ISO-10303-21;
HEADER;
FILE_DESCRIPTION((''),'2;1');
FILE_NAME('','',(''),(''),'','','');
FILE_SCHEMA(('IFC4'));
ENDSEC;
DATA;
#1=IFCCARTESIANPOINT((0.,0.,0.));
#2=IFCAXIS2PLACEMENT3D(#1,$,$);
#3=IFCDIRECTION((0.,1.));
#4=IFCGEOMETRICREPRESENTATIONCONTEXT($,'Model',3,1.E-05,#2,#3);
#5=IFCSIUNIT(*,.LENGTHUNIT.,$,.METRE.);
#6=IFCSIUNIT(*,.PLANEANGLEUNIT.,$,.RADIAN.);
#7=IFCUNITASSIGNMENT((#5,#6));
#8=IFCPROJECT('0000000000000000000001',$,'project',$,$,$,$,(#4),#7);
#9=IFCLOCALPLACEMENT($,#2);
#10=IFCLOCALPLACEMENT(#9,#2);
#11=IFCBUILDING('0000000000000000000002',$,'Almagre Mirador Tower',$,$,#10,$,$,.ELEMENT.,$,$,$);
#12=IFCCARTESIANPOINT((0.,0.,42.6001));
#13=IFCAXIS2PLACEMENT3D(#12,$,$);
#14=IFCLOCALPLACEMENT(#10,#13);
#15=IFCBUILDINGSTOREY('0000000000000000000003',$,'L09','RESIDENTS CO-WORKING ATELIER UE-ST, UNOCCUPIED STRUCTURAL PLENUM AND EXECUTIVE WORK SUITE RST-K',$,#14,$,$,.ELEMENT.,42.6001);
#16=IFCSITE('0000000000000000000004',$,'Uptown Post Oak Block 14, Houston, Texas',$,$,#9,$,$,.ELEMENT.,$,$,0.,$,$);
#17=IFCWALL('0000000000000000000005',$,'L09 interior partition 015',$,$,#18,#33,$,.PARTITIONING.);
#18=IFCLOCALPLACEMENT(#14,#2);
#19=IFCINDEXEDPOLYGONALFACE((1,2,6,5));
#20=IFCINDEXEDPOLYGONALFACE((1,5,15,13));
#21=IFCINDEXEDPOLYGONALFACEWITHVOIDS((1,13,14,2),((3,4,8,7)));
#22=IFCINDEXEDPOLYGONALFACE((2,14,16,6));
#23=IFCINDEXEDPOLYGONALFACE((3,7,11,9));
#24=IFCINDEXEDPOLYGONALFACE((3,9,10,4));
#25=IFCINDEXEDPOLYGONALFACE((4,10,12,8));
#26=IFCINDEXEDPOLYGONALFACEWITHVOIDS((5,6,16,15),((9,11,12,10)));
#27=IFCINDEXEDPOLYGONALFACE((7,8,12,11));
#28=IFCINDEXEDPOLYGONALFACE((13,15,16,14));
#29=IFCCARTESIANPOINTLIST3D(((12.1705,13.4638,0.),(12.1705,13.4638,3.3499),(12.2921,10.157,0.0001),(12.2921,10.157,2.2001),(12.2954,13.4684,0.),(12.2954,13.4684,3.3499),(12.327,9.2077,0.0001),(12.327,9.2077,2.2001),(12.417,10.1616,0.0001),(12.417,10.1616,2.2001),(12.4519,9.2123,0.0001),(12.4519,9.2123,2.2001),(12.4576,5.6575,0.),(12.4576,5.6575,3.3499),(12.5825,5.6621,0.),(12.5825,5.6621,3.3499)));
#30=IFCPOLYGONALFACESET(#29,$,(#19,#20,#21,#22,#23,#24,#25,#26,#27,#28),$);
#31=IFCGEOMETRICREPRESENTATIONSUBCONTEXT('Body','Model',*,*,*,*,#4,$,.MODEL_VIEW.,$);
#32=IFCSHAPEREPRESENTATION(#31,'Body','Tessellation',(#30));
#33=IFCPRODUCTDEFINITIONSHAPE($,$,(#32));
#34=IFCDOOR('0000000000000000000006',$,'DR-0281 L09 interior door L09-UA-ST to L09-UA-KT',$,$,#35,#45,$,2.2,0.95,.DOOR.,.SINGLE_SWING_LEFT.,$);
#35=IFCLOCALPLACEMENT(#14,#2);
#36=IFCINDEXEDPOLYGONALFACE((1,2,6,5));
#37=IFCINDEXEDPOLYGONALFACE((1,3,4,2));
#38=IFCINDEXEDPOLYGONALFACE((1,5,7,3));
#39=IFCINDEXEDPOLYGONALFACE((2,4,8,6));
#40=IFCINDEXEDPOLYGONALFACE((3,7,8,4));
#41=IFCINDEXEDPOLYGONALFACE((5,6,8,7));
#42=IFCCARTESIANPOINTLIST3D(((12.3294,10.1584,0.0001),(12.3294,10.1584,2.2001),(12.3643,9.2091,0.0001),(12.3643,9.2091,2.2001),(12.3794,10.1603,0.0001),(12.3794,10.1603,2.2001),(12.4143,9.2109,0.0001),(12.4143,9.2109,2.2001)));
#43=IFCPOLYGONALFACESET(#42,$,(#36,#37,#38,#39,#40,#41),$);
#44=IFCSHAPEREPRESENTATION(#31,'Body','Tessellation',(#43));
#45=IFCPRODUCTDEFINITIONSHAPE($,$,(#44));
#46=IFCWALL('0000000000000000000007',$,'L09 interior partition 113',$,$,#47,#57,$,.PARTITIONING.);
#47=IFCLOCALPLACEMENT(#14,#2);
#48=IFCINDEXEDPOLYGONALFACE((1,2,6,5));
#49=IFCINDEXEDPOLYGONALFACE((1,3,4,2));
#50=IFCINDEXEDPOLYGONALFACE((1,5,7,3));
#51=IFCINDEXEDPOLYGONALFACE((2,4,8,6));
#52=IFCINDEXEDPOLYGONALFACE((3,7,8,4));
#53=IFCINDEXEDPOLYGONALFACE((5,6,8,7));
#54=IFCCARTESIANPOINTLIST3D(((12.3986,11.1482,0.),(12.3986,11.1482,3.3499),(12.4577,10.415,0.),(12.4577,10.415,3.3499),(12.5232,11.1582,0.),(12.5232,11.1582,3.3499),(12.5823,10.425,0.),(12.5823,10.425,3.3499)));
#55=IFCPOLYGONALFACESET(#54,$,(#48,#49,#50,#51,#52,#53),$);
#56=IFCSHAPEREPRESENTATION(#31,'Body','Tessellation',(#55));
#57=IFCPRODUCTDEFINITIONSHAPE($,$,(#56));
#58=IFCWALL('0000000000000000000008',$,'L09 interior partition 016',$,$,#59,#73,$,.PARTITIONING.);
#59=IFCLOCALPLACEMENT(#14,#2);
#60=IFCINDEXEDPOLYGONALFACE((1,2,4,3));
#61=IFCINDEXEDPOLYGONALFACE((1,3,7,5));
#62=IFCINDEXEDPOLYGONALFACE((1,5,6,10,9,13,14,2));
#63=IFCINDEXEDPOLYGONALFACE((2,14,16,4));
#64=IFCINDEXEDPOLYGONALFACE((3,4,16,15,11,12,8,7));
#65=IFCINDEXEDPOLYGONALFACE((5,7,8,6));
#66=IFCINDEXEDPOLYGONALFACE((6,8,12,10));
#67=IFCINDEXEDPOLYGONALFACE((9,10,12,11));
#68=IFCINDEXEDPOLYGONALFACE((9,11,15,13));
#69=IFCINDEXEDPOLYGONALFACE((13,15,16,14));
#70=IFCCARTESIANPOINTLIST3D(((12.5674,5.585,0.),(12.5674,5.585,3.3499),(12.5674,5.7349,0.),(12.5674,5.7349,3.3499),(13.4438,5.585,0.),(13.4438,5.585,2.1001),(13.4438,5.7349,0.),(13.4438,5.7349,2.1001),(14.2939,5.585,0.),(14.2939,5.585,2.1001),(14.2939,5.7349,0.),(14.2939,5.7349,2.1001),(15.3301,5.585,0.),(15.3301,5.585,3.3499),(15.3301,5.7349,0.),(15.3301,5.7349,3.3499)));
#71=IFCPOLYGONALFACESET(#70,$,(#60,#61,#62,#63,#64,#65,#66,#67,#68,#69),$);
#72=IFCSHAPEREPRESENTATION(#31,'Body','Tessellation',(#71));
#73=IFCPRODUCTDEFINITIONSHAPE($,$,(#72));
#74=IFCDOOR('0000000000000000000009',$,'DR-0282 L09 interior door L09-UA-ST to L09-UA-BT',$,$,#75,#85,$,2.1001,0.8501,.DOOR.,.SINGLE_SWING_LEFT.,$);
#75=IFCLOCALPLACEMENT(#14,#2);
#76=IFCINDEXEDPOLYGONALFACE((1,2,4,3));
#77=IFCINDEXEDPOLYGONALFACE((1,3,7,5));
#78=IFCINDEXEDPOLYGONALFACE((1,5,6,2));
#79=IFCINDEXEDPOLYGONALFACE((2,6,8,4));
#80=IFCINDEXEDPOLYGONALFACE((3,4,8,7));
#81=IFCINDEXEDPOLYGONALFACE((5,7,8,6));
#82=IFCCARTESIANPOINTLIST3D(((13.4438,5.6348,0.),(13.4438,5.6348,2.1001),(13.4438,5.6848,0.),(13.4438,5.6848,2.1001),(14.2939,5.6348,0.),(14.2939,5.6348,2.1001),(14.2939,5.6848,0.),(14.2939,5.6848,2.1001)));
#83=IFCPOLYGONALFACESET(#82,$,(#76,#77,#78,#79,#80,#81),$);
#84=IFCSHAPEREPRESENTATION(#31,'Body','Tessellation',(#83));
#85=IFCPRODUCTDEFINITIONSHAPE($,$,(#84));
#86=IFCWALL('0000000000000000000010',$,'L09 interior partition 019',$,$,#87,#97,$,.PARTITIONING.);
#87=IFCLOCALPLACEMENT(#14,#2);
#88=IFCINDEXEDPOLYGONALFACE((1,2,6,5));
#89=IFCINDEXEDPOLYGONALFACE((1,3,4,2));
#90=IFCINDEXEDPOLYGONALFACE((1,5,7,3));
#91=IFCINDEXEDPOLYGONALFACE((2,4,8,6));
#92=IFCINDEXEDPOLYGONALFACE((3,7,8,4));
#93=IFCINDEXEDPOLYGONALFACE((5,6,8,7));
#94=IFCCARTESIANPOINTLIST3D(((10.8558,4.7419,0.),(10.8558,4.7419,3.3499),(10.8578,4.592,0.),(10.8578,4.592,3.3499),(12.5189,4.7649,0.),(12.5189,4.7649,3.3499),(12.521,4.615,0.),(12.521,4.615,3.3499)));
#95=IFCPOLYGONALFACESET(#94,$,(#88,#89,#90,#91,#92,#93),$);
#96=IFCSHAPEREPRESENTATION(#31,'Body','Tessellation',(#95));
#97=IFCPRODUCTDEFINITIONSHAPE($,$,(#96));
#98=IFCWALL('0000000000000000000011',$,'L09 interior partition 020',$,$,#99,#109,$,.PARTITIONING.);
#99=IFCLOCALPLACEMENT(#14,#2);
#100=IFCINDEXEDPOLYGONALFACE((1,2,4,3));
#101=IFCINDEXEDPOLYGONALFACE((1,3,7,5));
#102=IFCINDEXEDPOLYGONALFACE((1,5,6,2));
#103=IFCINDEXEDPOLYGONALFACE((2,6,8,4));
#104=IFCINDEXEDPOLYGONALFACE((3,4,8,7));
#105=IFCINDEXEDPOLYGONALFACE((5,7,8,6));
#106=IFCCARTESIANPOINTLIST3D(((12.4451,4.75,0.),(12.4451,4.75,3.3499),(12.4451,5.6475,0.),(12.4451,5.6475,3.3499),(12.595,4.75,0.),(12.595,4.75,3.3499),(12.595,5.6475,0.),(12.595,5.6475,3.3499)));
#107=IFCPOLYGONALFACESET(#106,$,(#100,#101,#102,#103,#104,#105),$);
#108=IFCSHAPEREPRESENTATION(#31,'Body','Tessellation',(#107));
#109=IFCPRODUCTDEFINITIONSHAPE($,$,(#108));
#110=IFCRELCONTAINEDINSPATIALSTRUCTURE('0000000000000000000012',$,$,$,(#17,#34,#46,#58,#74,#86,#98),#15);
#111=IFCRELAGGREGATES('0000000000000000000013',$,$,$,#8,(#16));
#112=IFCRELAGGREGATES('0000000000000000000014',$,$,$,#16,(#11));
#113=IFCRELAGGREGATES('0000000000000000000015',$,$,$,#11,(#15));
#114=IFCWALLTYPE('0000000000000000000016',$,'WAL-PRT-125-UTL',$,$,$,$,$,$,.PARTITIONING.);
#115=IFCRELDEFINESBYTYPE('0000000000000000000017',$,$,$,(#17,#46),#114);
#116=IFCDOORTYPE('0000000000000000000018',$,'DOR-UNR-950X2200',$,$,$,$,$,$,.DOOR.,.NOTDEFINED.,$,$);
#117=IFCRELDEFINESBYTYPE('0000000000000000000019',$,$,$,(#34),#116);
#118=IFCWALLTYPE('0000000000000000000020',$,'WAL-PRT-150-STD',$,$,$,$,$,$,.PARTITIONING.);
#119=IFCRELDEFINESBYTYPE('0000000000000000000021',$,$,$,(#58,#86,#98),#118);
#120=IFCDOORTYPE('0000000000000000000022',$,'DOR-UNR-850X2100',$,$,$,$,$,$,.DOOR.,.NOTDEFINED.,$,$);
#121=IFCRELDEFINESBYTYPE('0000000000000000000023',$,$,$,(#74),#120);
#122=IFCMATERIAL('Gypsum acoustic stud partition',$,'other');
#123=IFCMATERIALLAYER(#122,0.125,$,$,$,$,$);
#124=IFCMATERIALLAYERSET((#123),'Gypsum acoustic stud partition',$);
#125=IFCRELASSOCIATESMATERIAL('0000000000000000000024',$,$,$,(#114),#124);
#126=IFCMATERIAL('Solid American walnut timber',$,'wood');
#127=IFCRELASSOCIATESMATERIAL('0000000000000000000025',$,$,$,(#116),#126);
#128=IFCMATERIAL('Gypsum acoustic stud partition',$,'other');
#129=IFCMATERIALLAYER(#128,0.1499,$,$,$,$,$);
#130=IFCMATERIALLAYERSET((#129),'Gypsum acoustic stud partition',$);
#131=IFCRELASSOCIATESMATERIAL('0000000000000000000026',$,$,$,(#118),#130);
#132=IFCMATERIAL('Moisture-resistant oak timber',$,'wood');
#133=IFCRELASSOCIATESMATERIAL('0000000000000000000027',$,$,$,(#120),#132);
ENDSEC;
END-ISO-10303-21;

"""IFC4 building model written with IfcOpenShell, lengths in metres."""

from ifc_helpers import new_model, si_unit, direction, frame, frame_2d, origin, place, context, subcontext, project, spatial, rectangle, extrude, material, layer, layer_set, type_object, element, fill, save


model = new_model("IFC4")

# Units and contexts
model_context = context("Model", 3, precision=1e-05, world=origin(), true_north=direction((0.0, 1.0)))
body_context = subcontext(model_context, "Body", "Model", "MODEL_VIEW")
ifc_project = project(units=[si_unit("LENGTHUNIT", "METRE"), si_unit("PLANEANGLEUNIT", "RADIAN")], contexts=[model_context])

# Site, building, storey
site_placement = place(None, origin())
site = spatial("IfcSite", under=ifc_project, at=site_placement, Name="Uptown Post Oak Block 14, Houston, Texas", CompositionType="ELEMENT", RefElevation=0.0)
building_placement = place(site_placement, origin())
building = spatial("IfcBuilding", under=site, at=building_placement, Name="Almagre Mirador Tower", CompositionType="ELEMENT")
storey_placement = place(building_placement, frame((0.0, 0.0, 42.6001)))
storey = spatial("IfcBuildingStorey", under=building, at=storey_placement, Name="L09", Description="RESIDENTS CO-WORKING ATELIER UE-ST, UNOCCUPIED STRUCTURAL PLENUM AND EXECUTIVE WORK SUITE RST-K", CompositionType="ELEMENT", Elevation=42.6001)

# Wall, opening, door
ifc_material_1 = material(Name="Gypsum acoustic stud partition", Category="other")
ifc_layer_1 = layer(ifc_material_1, 0.125)
ifc_layer_set_1 = layer_set([ifc_layer_1], Name="Gypsum acoustic stud partition")
wall_type_1 = type_object("IfcWallType", Name="WAL-PRT-125-UTL", PredefinedType="PARTITIONING", material=ifc_layer_set_1)
wall_1_placement = place(storey_placement, frame((12.2329, 13.4661, 0.0), z_axis=(0.0, 0.0, 1.0), x_axis=(0.036755, -0.999324, 0.0)))
wall_1 = element("IfcWall", 1, at=wall_1_placement, inside=storey, type_object=wall_type_1, Name="L09 interior partition 015", PredefinedType="PARTITIONING", context=body_context, shape_type="SweptSolid", body=[
    extrude(rectangle(XDim=7.8115, YDim=0.125, at=frame_2d((3.9058, 0.0))), origin(), (0.0, 0.0, 1.0), 3.3499),
])
opening_1_placement = place(wall_1_placement, frame((3.3088, 0.0, 0.0)))
opening_1 = element("IfcOpeningElement", 2, at=opening_1_placement, cuts=wall_1, PredefinedType="OPENING", context=body_context, shape_type="SweptSolid", body=[
    extrude(rectangle(XDim=0.95, YDim=2.2, at=frame_2d((0.4751, 1.1001))), frame((0.0, 0.0725, 0.0), z_axis=(0.0, -1.0, 0.0), x_axis=(1.0, 0.0, 0.0)), (0.0, 0.0, 1.0), 0.145),
])
ifc_material_2 = material(Name="Solid American walnut timber", Category="wood")
door_type_1 = type_object("IfcDoorType", Name="DOR-UNR-950X2200", OperationType="NOTDEFINED", PredefinedType="DOOR", material=ifc_material_2)
door_1_placement = place(opening_1_placement, origin())
door_1 = element("IfcDoor", 3, at=door_1_placement, inside=storey, type_object=door_type_1, Name="DR-0281 L09 interior door L09-UA-ST to L09-UA-KT", OperationType="SINGLE_SWING_LEFT", OverallHeight=2.2, OverallWidth=0.95, PredefinedType="DOOR", context=body_context, shape_type="SweptSolid", body=[
    extrude(rectangle(XDim=0.95, YDim=2.2, at=frame_2d((0.4751, 1.1001))), frame((0.0, 0.0249, 0.0), z_axis=(0.0, -1.0, 0.0), x_axis=(1.0, 0.0, 0.0)), (0.0, 0.0, 1.0), 0.05),
])
fill(opening_1, door_1)

# Wall
wall_2_placement = place(storey_placement, frame((12.4609, 11.1531, 0.0), z_axis=(0.0, 0.0, 1.0), x_axis=(0.080326, -0.996769, 0.0)))
element("IfcWall", 4, at=wall_2_placement, inside=storey, type_object=wall_type_1, Name="L09 interior partition 113", PredefinedType="PARTITIONING", context=body_context, shape_type="SweptSolid", body=[
    extrude(rectangle(XDim=0.7356, YDim=0.125, at=frame_2d((0.3677, 0.0))), origin(), (0.0, 0.0, 1.0), 3.3499),
])

# Wall, opening, door
ifc_material_3 = material(Name="Gypsum acoustic stud partition", Category="other")
ifc_layer_2 = layer(ifc_material_3, 0.1499)
ifc_layer_set_2 = layer_set([ifc_layer_2], Name="Gypsum acoustic stud partition")
wall_type_2 = type_object("IfcWallType", Name="WAL-PRT-150-STD", PredefinedType="PARTITIONING", material=ifc_layer_set_2)
wall_3_placement = place(storey_placement, frame((12.5674, 5.6599, 0.0), z_axis=(0.0, 0.0, 1.0), x_axis=(1.0, 0.0, 0.0)))
wall_3 = element("IfcWall", 5, at=wall_3_placement, inside=storey, type_object=wall_type_2, Name="L09 interior partition 016", PredefinedType="PARTITIONING", context=body_context, shape_type="SweptSolid", body=[
    extrude(rectangle(XDim=2.7627, YDim=0.1499, at=frame_2d((1.3813, 0.0))), origin(), (0.0, 0.0, 1.0), 3.3499),
])
opening_2_placement = place(wall_3_placement, frame((0.8765, 0.0, 0.0)))
opening_2 = element("IfcOpeningElement", 6, at=opening_2_placement, cuts=wall_3, PredefinedType="OPENING", context=body_context, shape_type="SweptSolid", body=[
    extrude(rectangle(XDim=0.8501, YDim=2.1001, at=frame_2d((0.425, 1.05))), frame((0.0, 0.085, 0.0), z_axis=(0.0, -1.0, 0.0), x_axis=(1.0, 0.0, 0.0)), (0.0, 0.0, 1.0), 0.1699),
])
ifc_material_4 = material(Name="Moisture-resistant oak timber", Category="wood")
door_type_2 = type_object("IfcDoorType", Name="DOR-UNR-850X2100", OperationType="NOTDEFINED", PredefinedType="DOOR", material=ifc_material_4)
door_2_placement = place(opening_2_placement, origin())
door_2 = element("IfcDoor", 7, at=door_2_placement, inside=storey, type_object=door_type_2, Name="DR-0282 L09 interior door L09-UA-ST to L09-UA-BT", OperationType="SINGLE_SWING_LEFT", OverallHeight=2.1001, OverallWidth=0.8501, PredefinedType="DOOR", context=body_context, shape_type="SweptSolid", body=[
    extrude(rectangle(XDim=0.8501, YDim=2.1001, at=frame_2d((0.425, 1.05))), frame((0.0, 0.0249, 0.0), z_axis=(0.0, -1.0, 0.0), x_axis=(1.0, 0.0, 0.0)), (0.0, 0.0, 1.0), 0.05),
])
fill(opening_2, door_2)

# Walls
wall_4_placement = place(storey_placement, frame((10.8569, 4.667, 0.0), z_axis=(0.0, 0.0, 1.0), x_axis=(0.999905, 0.013798, 0.0)))
element("IfcWall", 8, at=wall_4_placement, inside=storey, type_object=wall_type_2, Name="L09 interior partition 019", PredefinedType="PARTITIONING", context=body_context, shape_type="SweptSolid", body=[
    extrude(rectangle(XDim=1.6633, YDim=0.1499, at=frame_2d((0.8315, 0.0))), origin(), (0.0, 0.0, 1.0), 3.3499),
])
wall_5_placement = place(storey_placement, frame((12.52, 4.75, 0.0), z_axis=(0.0, 0.0, 1.0), x_axis=(0.0, 1.0, 0.0)))
element("IfcWall", 9, at=wall_5_placement, inside=storey, type_object=wall_type_2, Name="L09 interior partition 020", PredefinedType="PARTITIONING", context=body_context, shape_type="SweptSolid", body=[
    extrude(rectangle(XDim=0.8975, YDim=0.1499, at=frame_2d((0.4487, 0.0))), origin(), (0.0, 0.0, 1.0), 3.3499),
])

save(model, "model.ifc")
